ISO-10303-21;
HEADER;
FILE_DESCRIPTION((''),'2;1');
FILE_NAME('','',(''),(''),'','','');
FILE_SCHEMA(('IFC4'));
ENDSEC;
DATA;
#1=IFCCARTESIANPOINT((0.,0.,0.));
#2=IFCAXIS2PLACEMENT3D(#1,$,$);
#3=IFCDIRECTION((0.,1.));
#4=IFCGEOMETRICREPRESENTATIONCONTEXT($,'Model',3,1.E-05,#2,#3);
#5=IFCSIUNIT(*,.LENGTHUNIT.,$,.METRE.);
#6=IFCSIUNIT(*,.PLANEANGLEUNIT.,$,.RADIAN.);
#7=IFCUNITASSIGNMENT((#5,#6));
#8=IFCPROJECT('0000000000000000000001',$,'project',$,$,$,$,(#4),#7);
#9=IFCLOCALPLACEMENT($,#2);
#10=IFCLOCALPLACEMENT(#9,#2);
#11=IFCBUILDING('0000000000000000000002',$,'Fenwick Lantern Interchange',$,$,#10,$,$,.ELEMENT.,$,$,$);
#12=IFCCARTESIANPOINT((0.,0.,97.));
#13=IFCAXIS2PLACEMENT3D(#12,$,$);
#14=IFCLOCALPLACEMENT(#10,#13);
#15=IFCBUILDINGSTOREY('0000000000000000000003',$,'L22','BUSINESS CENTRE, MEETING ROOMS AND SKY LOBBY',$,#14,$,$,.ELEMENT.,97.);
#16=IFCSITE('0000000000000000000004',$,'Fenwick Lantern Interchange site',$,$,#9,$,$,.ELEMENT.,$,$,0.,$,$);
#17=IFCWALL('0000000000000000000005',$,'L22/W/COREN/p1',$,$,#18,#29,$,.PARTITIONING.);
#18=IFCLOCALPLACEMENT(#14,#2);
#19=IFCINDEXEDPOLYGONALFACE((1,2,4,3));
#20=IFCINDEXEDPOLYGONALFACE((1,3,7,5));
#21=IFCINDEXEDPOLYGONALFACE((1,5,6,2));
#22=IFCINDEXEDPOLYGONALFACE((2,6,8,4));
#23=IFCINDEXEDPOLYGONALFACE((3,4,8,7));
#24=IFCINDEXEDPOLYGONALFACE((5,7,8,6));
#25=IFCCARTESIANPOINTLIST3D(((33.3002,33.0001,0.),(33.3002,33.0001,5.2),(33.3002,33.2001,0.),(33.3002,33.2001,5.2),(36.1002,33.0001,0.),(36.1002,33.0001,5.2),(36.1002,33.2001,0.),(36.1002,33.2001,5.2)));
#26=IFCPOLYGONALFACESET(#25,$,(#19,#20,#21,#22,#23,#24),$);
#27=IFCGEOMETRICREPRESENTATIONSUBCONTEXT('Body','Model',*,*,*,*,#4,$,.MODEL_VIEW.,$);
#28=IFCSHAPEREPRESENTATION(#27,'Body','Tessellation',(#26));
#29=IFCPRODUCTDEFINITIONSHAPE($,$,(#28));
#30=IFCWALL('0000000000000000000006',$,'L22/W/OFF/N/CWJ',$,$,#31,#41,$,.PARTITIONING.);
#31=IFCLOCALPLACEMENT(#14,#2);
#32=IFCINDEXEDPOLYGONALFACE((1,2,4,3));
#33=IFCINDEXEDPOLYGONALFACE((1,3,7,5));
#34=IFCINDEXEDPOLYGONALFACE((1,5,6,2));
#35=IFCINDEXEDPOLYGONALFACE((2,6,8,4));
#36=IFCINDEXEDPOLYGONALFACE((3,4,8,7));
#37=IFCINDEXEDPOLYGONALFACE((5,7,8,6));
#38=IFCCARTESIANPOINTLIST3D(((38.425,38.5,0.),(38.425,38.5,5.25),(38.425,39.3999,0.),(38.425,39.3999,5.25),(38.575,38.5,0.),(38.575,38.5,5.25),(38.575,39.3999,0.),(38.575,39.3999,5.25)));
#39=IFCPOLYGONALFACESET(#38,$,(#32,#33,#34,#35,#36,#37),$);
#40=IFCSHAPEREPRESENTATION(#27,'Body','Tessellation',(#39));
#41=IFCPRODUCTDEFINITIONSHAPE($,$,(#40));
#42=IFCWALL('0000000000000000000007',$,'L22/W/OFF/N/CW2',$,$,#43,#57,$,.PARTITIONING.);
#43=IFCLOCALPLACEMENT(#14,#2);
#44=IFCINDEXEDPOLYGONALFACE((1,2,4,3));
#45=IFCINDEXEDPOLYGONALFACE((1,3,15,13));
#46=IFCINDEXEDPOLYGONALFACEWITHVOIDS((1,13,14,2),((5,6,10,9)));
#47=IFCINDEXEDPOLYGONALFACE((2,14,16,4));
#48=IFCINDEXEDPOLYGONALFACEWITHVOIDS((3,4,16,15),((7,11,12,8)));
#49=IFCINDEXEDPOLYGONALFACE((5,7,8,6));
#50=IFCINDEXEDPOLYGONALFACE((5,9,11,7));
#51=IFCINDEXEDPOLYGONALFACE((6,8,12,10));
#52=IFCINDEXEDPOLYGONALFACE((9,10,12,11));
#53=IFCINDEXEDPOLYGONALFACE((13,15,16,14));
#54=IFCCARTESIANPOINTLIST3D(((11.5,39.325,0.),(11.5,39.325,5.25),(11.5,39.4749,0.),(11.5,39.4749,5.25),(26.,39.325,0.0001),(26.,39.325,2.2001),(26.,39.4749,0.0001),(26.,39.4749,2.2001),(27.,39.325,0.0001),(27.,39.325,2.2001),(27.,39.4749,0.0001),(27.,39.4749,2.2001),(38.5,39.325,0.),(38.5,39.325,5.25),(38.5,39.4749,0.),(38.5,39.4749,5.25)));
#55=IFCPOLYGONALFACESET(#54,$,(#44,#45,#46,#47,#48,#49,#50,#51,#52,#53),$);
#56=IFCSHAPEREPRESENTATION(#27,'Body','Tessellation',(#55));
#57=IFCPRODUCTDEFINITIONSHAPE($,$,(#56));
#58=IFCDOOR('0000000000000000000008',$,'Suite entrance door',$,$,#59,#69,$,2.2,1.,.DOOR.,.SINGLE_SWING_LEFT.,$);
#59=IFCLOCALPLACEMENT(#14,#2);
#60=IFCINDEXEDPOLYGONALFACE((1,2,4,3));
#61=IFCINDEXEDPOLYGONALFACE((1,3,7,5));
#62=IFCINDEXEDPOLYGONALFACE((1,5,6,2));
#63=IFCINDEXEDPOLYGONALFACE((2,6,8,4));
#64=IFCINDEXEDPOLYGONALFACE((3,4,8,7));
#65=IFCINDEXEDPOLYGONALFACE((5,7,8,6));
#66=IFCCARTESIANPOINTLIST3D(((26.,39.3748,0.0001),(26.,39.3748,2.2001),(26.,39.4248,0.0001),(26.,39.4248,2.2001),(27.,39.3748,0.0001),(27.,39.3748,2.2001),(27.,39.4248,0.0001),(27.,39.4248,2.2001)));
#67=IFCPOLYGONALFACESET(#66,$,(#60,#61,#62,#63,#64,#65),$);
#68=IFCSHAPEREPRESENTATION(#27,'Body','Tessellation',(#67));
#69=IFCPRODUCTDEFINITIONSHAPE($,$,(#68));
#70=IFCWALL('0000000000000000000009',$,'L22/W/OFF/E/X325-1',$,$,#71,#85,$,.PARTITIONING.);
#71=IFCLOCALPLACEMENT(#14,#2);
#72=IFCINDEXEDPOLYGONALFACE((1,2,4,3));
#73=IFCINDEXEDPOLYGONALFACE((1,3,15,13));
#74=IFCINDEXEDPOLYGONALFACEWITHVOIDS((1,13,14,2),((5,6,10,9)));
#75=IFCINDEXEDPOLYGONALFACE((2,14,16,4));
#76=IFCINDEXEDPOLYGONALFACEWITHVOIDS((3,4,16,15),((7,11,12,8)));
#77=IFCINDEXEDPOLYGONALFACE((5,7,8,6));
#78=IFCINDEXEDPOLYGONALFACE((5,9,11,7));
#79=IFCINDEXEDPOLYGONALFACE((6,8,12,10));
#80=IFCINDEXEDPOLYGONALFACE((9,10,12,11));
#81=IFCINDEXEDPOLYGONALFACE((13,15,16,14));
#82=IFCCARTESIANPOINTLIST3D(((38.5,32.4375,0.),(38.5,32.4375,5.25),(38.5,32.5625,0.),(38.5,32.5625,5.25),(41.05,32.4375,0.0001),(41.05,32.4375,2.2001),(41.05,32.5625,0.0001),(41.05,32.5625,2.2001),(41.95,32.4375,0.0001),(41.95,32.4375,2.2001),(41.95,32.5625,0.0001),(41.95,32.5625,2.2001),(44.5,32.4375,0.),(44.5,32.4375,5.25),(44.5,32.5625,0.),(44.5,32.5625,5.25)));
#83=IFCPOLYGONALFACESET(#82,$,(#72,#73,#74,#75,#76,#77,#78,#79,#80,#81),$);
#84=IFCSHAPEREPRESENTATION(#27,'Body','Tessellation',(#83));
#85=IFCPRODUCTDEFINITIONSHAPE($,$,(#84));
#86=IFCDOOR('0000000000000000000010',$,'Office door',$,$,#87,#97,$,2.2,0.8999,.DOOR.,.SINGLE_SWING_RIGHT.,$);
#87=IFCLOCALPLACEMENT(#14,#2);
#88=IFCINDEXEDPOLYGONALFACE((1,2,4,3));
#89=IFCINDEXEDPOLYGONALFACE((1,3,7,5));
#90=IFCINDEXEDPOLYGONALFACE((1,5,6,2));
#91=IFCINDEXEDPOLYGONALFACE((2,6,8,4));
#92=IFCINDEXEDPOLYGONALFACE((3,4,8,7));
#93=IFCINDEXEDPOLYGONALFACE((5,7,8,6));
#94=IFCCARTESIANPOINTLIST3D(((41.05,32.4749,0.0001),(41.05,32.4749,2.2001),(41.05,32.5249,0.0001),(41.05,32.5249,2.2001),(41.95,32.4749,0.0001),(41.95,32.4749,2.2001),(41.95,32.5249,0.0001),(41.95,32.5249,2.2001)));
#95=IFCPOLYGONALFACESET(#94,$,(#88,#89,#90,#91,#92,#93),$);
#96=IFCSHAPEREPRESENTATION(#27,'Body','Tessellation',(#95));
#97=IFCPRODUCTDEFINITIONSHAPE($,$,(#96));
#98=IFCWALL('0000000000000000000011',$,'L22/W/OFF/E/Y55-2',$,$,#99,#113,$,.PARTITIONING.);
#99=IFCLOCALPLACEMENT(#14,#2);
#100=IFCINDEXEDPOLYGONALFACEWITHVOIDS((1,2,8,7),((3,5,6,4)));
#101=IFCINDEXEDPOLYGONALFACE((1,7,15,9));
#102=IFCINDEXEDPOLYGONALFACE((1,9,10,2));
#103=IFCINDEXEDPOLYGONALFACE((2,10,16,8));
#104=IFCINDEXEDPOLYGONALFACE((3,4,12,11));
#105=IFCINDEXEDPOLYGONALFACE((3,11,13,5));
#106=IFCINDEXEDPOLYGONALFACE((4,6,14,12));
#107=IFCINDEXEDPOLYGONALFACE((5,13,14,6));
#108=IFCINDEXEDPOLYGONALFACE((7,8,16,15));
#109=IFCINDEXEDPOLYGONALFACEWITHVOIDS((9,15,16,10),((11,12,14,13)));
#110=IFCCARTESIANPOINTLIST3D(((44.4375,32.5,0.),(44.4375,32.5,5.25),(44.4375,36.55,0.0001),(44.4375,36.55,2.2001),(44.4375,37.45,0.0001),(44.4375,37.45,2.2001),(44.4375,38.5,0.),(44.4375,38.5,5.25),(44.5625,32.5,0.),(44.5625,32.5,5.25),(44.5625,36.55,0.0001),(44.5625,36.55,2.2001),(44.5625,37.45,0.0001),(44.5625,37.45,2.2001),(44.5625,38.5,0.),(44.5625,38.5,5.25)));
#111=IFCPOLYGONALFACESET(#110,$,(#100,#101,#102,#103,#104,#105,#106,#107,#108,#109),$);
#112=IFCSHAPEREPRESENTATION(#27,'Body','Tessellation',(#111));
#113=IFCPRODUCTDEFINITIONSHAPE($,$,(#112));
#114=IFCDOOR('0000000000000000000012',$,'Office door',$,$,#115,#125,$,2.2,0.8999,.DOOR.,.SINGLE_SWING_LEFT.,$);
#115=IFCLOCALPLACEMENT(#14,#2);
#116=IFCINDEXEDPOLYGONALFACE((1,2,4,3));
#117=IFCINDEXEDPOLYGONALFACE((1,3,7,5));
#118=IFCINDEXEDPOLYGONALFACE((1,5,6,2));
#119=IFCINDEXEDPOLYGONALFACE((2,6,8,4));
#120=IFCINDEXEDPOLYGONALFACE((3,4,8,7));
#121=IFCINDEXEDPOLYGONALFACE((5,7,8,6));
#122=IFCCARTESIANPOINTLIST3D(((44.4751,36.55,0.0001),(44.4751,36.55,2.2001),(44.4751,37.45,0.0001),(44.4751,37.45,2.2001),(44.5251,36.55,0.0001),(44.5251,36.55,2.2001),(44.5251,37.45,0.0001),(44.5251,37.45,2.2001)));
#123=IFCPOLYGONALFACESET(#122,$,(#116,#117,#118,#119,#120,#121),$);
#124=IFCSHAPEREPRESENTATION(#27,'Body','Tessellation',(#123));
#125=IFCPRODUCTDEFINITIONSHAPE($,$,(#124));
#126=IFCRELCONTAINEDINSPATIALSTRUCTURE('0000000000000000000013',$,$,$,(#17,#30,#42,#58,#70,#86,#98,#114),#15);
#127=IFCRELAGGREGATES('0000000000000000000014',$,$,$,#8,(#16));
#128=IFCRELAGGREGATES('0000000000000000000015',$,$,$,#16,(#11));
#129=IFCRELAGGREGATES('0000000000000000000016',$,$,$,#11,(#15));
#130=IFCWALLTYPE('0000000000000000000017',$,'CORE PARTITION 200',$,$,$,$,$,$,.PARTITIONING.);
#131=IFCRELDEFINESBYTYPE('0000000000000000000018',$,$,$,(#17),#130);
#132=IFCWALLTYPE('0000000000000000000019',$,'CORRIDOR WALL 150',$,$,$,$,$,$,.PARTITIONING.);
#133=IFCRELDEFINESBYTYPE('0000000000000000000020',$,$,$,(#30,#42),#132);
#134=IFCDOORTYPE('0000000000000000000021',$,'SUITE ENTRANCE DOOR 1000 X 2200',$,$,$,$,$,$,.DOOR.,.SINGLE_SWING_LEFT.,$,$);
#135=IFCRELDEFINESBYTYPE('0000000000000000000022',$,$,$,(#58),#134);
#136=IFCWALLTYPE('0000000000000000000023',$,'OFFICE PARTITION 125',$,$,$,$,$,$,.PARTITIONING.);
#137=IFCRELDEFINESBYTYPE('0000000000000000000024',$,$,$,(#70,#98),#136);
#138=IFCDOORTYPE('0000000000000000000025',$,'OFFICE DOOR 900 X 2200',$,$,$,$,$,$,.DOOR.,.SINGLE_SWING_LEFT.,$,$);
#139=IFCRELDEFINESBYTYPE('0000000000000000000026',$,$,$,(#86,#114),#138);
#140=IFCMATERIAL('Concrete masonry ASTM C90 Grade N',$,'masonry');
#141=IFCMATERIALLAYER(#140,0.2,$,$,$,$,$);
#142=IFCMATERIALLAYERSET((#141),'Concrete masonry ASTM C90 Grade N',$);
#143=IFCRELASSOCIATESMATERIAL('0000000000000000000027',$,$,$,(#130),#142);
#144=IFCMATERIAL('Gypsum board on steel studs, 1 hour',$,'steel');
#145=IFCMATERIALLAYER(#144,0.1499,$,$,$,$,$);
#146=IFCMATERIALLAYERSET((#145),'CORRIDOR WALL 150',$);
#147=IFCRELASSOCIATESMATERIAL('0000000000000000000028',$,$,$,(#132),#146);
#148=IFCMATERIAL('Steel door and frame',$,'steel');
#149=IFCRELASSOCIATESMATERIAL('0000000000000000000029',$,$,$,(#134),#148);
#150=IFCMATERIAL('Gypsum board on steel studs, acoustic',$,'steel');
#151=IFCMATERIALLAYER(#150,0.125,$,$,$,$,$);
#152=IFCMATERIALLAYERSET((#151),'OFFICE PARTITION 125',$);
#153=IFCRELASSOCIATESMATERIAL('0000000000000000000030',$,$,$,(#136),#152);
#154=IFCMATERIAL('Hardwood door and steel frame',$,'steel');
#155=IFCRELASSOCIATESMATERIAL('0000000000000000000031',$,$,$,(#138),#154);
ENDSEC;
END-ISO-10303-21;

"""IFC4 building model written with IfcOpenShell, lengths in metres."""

from ifc_helpers import new_model, si_unit, direction, frame, frame_2d, origin, place, context, subcontext, project, spatial, rectangle, extrude, material, layer, layer_set, type_object, element, fill, save


model = new_model("IFC4")

# Units and contexts
model_context = context("Model", 3, precision=1e-05, world=origin(), true_north=direction((0.0, 1.0)))
body_context = subcontext(model_context, "Body", "Model", "MODEL_VIEW")
ifc_project = project(units=[si_unit("LENGTHUNIT", "METRE"), si_unit("PLANEANGLEUNIT", "RADIAN")], contexts=[model_context])

# Site, building, storey
site_placement = place(None, origin())
site = spatial("IfcSite", under=ifc_project, at=site_placement, Name="Fenwick Lantern Interchange site", CompositionType="ELEMENT", RefElevation=0.0)
building_placement = place(site_placement, origin())
building = spatial("IfcBuilding", under=site, at=building_placement, Name="Fenwick Lantern Interchange", CompositionType="ELEMENT")
storey_placement = place(building_placement, frame((0.0, 0.0, 97.0)))
storey = spatial("IfcBuildingStorey", under=building, at=storey_placement, Name="L22", Description="BUSINESS CENTRE, MEETING ROOMS AND SKY LOBBY", CompositionType="ELEMENT", Elevation=97.0)

# Wall
ifc_material_1 = material(Name="Concrete masonry ASTM C90 Grade N", Category="masonry")
ifc_layer_1 = layer(ifc_material_1, 0.2)
ifc_layer_set_1 = layer_set([ifc_layer_1], Name="Concrete masonry ASTM C90 Grade N")
wall_type_1 = type_object("IfcWallType", Name="CORE PARTITION 200", PredefinedType="PARTITIONING", material=ifc_layer_set_1)
for number, where, z_axis, x_axis, name in (
    (1, (36.1001, 33.1001, 0.0), (0.0, 0.0, 1.0), (-1.0, 0.0, 0.0), "L22/W/COREN/p1"),
):
    element("IfcWall", number, at=place(storey_placement, frame(where, z_axis=z_axis, x_axis=x_axis)), inside=storey, type_object=wall_type_1, Name=name, PredefinedType="PARTITIONING", context=body_context, shape_type="SweptSolid", body=[
        extrude(rectangle(XDim=2.8, YDim=0.2, at=frame_2d((1.3999, 0.0))), origin(), (0.0, 0.0, 1.0), 5.2),
    ])

# Shared definitions
ifc_material_2 = material(Name="Steel door and frame", Category="steel")
ifc_material_3 = material(Name="Hardwood door and steel frame", Category="steel")

# Wall
ifc_material_4 = material(Name="Gypsum board on steel studs, 1 hour", Category="steel")
ifc_layer_2 = layer(ifc_material_4, 0.1499)
ifc_layer_set_2 = layer_set([ifc_layer_2], Name="CORRIDOR WALL 150")
wall_type_2 = type_object("IfcWallType", Name="CORRIDOR WALL 150", PredefinedType="PARTITIONING", material=ifc_layer_set_2)
wall_1_placement = place(storey_placement, frame((38.5, 38.5, 0.0), z_axis=(0.0, 0.0, 1.0), x_axis=(0.0, 1.0, 0.0)))
element("IfcWall", 2, at=wall_1_placement, inside=storey, type_object=wall_type_2, Name="L22/W/OFF/N/CWJ", PredefinedType="PARTITIONING", context=body_context, shape_type="SweptSolid", body=[
    extrude(rectangle(XDim=0.8999, YDim=0.1499, at=frame_2d((0.45, 0.0))), origin(), (0.0, 0.0, 1.0), 5.25),
])

# Walls, openings, doors
wall_2_placement = place(storey_placement, frame((38.5, 39.3999, 0.0), z_axis=(0.0, 0.0, 1.0), x_axis=(-1.0, 0.0, 0.0)))
wall_2 = element("IfcWall", 3, at=wall_2_placement, inside=storey, type_object=wall_type_2, Name="L22/W/OFF/N/CW2", PredefinedType="PARTITIONING", context=body_context, shape_type="SweptSolid", body=[
    extrude(rectangle(XDim=27.0, YDim=0.1499, at=frame_2d((13.5, 0.0))), origin(), (0.0, 0.0, 1.0), 5.25),
])
opening_1_placement = place(wall_2_placement, frame((11.5, 0.0, 0.0)))
opening_1 = element("IfcOpeningElement", 4, at=opening_1_placement, cuts=wall_2, PredefinedType="OPENING", context=body_context, shape_type="SweptSolid", body=[
    extrude(rectangle(XDim=1.0, YDim=2.2, at=frame_2d((0.5, 1.1001))), frame((0.0, 0.085, 0.0), z_axis=(0.0, -1.0, 0.0), x_axis=(1.0, 0.0, 0.0)), (0.0, 0.0, 1.0), 0.1699),
])
door_type_1 = type_object("IfcDoorType", Name="SUITE ENTRANCE DOOR 1000 X 2200", OperationType="SINGLE_SWING_LEFT", PredefinedType="DOOR", material=ifc_material_2)
door_1_placement = place(opening_1_placement, frame((1.0, 0.0, 0.0), z_axis=(0.0, 0.0, 1.0), x_axis=(-1.0, 0.0, 0.0)))
door_1 = element("IfcDoor", 5, at=door_1_placement, inside=storey, type_object=door_type_1, Name="Suite entrance door", OperationType="SINGLE_SWING_LEFT", OverallHeight=2.2, OverallWidth=1.0, PredefinedType="DOOR", context=body_context, shape_type="SweptSolid", body=[
    extrude(rectangle(XDim=1.0, YDim=2.2, at=frame_2d((0.5, 1.1001))), frame((0.0, 0.0249, 0.0), z_axis=(0.0, -1.0, 0.0), x_axis=(1.0, 0.0, 0.0)), (0.0, 0.0, 1.0), 0.05),
])
fill(opening_1, door_1)
ifc_material_5 = material(Name="Gypsum board on steel studs, acoustic", Category="steel")
ifc_layer_3 = layer(ifc_material_5, 0.125)
ifc_layer_set_3 = layer_set([ifc_layer_3], Name="OFFICE PARTITION 125")
wall_type_3 = type_object("IfcWallType", Name="OFFICE PARTITION 125", PredefinedType="PARTITIONING", material=ifc_layer_set_3)
wall_3_placement = place(storey_placement, frame((44.5, 32.5, 0.0), z_axis=(0.0, 0.0, 1.0), x_axis=(-1.0, 0.0, 0.0)))
wall_3 = element("IfcWall", 6, at=wall_3_placement, inside=storey, type_object=wall_type_3, Name="L22/W/OFF/E/X325-1", PredefinedType="PARTITIONING", context=body_context, shape_type="SweptSolid", body=[
    extrude(rectangle(XDim=6.0, YDim=0.125, at=frame_2d((3.0, 0.0))), origin(), (0.0, 0.0, 1.0), 5.25),
])
opening_2_placement = place(wall_3_placement, frame((2.55, 0.0, 0.0)))
opening_2 = element("IfcOpeningElement", 7, at=opening_2_placement, cuts=wall_3, PredefinedType="OPENING", context=body_context, shape_type="SweptSolid", body=[
    extrude(rectangle(XDim=0.8999, YDim=2.2, at=frame_2d((0.45, 1.1001))), frame((0.0, 0.0725, 0.0), z_axis=(0.0, -1.0, 0.0), x_axis=(1.0, 0.0, 0.0)), (0.0, 0.0, 1.0), 0.145),
])
door_type_2 = type_object("IfcDoorType", Name="OFFICE DOOR 900 X 2200", OperationType="SINGLE_SWING_LEFT", PredefinedType="DOOR", material=ifc_material_3)
door_2_placement = place(opening_2_placement, frame((0.8999, 0.0, 0.0), z_axis=(0.0, 0.0, 1.0), x_axis=(-1.0, 0.0, 0.0)))
door_2 = element("IfcDoor", 8, at=door_2_placement, inside=storey, type_object=door_type_2, Name="Office door", OperationType="SINGLE_SWING_RIGHT", OverallHeight=2.2, OverallWidth=0.8999, PredefinedType="DOOR", context=body_context, shape_type="SweptSolid", body=[
    extrude(rectangle(XDim=0.8999, YDim=2.2, at=frame_2d((0.45, 1.1001))), frame((0.0, 0.0249, 0.0), z_axis=(0.0, -1.0, 0.0), x_axis=(1.0, 0.0, 0.0)), (0.0, 0.0, 1.0), 0.05),
])
fill(opening_2, door_2)
wall_4_placement = place(storey_placement, frame((44.5, 32.5, 0.0), z_axis=(0.0, 0.0, 1.0), x_axis=(0.0, 1.0, 0.0)))
wall_4 = element("IfcWall", 9, at=wall_4_placement, inside=storey, type_object=wall_type_3, Name="L22/W/OFF/E/Y55-2", PredefinedType="PARTITIONING", context=body_context, shape_type="SweptSolid", body=[
    extrude(rectangle(XDim=6.0, YDim=0.125, at=frame_2d((3.0, 0.0))), origin(), (0.0, 0.0, 1.0), 5.25),
])
opening_3_placement = place(wall_4_placement, frame((4.05, 0.0, 0.0)))
opening_3 = element("IfcOpeningElement", 10, at=opening_3_placement, cuts=wall_4, PredefinedType="OPENING", context=body_context, shape_type="SweptSolid", body=[
    extrude(rectangle(XDim=0.8999, YDim=2.2, at=frame_2d((0.45, 1.1001))), frame((0.0, 0.0725, 0.0), z_axis=(0.0, -1.0, 0.0), x_axis=(1.0, 0.0, 0.0)), (0.0, 0.0, 1.0), 0.145),
])
door_3_placement = place(opening_3_placement, origin())
door_3 = element("IfcDoor", 11, at=door_3_placement, inside=storey, type_object=door_type_2, Name="Office door", OperationType="SINGLE_SWING_LEFT", OverallHeight=2.2, OverallWidth=0.8999, PredefinedType="DOOR", context=body_context, shape_type="SweptSolid", body=[
    extrude(rectangle(XDim=0.8999, YDim=2.2, at=frame_2d((0.45, 1.1001))), frame((0.0, 0.0249, 0.0), z_axis=(0.0, -1.0, 0.0), x_axis=(1.0, 0.0, 0.0)), (0.0, 0.0, 1.0), 0.05),
])
fill(opening_3, door_3)

save(model, "model.ifc")
